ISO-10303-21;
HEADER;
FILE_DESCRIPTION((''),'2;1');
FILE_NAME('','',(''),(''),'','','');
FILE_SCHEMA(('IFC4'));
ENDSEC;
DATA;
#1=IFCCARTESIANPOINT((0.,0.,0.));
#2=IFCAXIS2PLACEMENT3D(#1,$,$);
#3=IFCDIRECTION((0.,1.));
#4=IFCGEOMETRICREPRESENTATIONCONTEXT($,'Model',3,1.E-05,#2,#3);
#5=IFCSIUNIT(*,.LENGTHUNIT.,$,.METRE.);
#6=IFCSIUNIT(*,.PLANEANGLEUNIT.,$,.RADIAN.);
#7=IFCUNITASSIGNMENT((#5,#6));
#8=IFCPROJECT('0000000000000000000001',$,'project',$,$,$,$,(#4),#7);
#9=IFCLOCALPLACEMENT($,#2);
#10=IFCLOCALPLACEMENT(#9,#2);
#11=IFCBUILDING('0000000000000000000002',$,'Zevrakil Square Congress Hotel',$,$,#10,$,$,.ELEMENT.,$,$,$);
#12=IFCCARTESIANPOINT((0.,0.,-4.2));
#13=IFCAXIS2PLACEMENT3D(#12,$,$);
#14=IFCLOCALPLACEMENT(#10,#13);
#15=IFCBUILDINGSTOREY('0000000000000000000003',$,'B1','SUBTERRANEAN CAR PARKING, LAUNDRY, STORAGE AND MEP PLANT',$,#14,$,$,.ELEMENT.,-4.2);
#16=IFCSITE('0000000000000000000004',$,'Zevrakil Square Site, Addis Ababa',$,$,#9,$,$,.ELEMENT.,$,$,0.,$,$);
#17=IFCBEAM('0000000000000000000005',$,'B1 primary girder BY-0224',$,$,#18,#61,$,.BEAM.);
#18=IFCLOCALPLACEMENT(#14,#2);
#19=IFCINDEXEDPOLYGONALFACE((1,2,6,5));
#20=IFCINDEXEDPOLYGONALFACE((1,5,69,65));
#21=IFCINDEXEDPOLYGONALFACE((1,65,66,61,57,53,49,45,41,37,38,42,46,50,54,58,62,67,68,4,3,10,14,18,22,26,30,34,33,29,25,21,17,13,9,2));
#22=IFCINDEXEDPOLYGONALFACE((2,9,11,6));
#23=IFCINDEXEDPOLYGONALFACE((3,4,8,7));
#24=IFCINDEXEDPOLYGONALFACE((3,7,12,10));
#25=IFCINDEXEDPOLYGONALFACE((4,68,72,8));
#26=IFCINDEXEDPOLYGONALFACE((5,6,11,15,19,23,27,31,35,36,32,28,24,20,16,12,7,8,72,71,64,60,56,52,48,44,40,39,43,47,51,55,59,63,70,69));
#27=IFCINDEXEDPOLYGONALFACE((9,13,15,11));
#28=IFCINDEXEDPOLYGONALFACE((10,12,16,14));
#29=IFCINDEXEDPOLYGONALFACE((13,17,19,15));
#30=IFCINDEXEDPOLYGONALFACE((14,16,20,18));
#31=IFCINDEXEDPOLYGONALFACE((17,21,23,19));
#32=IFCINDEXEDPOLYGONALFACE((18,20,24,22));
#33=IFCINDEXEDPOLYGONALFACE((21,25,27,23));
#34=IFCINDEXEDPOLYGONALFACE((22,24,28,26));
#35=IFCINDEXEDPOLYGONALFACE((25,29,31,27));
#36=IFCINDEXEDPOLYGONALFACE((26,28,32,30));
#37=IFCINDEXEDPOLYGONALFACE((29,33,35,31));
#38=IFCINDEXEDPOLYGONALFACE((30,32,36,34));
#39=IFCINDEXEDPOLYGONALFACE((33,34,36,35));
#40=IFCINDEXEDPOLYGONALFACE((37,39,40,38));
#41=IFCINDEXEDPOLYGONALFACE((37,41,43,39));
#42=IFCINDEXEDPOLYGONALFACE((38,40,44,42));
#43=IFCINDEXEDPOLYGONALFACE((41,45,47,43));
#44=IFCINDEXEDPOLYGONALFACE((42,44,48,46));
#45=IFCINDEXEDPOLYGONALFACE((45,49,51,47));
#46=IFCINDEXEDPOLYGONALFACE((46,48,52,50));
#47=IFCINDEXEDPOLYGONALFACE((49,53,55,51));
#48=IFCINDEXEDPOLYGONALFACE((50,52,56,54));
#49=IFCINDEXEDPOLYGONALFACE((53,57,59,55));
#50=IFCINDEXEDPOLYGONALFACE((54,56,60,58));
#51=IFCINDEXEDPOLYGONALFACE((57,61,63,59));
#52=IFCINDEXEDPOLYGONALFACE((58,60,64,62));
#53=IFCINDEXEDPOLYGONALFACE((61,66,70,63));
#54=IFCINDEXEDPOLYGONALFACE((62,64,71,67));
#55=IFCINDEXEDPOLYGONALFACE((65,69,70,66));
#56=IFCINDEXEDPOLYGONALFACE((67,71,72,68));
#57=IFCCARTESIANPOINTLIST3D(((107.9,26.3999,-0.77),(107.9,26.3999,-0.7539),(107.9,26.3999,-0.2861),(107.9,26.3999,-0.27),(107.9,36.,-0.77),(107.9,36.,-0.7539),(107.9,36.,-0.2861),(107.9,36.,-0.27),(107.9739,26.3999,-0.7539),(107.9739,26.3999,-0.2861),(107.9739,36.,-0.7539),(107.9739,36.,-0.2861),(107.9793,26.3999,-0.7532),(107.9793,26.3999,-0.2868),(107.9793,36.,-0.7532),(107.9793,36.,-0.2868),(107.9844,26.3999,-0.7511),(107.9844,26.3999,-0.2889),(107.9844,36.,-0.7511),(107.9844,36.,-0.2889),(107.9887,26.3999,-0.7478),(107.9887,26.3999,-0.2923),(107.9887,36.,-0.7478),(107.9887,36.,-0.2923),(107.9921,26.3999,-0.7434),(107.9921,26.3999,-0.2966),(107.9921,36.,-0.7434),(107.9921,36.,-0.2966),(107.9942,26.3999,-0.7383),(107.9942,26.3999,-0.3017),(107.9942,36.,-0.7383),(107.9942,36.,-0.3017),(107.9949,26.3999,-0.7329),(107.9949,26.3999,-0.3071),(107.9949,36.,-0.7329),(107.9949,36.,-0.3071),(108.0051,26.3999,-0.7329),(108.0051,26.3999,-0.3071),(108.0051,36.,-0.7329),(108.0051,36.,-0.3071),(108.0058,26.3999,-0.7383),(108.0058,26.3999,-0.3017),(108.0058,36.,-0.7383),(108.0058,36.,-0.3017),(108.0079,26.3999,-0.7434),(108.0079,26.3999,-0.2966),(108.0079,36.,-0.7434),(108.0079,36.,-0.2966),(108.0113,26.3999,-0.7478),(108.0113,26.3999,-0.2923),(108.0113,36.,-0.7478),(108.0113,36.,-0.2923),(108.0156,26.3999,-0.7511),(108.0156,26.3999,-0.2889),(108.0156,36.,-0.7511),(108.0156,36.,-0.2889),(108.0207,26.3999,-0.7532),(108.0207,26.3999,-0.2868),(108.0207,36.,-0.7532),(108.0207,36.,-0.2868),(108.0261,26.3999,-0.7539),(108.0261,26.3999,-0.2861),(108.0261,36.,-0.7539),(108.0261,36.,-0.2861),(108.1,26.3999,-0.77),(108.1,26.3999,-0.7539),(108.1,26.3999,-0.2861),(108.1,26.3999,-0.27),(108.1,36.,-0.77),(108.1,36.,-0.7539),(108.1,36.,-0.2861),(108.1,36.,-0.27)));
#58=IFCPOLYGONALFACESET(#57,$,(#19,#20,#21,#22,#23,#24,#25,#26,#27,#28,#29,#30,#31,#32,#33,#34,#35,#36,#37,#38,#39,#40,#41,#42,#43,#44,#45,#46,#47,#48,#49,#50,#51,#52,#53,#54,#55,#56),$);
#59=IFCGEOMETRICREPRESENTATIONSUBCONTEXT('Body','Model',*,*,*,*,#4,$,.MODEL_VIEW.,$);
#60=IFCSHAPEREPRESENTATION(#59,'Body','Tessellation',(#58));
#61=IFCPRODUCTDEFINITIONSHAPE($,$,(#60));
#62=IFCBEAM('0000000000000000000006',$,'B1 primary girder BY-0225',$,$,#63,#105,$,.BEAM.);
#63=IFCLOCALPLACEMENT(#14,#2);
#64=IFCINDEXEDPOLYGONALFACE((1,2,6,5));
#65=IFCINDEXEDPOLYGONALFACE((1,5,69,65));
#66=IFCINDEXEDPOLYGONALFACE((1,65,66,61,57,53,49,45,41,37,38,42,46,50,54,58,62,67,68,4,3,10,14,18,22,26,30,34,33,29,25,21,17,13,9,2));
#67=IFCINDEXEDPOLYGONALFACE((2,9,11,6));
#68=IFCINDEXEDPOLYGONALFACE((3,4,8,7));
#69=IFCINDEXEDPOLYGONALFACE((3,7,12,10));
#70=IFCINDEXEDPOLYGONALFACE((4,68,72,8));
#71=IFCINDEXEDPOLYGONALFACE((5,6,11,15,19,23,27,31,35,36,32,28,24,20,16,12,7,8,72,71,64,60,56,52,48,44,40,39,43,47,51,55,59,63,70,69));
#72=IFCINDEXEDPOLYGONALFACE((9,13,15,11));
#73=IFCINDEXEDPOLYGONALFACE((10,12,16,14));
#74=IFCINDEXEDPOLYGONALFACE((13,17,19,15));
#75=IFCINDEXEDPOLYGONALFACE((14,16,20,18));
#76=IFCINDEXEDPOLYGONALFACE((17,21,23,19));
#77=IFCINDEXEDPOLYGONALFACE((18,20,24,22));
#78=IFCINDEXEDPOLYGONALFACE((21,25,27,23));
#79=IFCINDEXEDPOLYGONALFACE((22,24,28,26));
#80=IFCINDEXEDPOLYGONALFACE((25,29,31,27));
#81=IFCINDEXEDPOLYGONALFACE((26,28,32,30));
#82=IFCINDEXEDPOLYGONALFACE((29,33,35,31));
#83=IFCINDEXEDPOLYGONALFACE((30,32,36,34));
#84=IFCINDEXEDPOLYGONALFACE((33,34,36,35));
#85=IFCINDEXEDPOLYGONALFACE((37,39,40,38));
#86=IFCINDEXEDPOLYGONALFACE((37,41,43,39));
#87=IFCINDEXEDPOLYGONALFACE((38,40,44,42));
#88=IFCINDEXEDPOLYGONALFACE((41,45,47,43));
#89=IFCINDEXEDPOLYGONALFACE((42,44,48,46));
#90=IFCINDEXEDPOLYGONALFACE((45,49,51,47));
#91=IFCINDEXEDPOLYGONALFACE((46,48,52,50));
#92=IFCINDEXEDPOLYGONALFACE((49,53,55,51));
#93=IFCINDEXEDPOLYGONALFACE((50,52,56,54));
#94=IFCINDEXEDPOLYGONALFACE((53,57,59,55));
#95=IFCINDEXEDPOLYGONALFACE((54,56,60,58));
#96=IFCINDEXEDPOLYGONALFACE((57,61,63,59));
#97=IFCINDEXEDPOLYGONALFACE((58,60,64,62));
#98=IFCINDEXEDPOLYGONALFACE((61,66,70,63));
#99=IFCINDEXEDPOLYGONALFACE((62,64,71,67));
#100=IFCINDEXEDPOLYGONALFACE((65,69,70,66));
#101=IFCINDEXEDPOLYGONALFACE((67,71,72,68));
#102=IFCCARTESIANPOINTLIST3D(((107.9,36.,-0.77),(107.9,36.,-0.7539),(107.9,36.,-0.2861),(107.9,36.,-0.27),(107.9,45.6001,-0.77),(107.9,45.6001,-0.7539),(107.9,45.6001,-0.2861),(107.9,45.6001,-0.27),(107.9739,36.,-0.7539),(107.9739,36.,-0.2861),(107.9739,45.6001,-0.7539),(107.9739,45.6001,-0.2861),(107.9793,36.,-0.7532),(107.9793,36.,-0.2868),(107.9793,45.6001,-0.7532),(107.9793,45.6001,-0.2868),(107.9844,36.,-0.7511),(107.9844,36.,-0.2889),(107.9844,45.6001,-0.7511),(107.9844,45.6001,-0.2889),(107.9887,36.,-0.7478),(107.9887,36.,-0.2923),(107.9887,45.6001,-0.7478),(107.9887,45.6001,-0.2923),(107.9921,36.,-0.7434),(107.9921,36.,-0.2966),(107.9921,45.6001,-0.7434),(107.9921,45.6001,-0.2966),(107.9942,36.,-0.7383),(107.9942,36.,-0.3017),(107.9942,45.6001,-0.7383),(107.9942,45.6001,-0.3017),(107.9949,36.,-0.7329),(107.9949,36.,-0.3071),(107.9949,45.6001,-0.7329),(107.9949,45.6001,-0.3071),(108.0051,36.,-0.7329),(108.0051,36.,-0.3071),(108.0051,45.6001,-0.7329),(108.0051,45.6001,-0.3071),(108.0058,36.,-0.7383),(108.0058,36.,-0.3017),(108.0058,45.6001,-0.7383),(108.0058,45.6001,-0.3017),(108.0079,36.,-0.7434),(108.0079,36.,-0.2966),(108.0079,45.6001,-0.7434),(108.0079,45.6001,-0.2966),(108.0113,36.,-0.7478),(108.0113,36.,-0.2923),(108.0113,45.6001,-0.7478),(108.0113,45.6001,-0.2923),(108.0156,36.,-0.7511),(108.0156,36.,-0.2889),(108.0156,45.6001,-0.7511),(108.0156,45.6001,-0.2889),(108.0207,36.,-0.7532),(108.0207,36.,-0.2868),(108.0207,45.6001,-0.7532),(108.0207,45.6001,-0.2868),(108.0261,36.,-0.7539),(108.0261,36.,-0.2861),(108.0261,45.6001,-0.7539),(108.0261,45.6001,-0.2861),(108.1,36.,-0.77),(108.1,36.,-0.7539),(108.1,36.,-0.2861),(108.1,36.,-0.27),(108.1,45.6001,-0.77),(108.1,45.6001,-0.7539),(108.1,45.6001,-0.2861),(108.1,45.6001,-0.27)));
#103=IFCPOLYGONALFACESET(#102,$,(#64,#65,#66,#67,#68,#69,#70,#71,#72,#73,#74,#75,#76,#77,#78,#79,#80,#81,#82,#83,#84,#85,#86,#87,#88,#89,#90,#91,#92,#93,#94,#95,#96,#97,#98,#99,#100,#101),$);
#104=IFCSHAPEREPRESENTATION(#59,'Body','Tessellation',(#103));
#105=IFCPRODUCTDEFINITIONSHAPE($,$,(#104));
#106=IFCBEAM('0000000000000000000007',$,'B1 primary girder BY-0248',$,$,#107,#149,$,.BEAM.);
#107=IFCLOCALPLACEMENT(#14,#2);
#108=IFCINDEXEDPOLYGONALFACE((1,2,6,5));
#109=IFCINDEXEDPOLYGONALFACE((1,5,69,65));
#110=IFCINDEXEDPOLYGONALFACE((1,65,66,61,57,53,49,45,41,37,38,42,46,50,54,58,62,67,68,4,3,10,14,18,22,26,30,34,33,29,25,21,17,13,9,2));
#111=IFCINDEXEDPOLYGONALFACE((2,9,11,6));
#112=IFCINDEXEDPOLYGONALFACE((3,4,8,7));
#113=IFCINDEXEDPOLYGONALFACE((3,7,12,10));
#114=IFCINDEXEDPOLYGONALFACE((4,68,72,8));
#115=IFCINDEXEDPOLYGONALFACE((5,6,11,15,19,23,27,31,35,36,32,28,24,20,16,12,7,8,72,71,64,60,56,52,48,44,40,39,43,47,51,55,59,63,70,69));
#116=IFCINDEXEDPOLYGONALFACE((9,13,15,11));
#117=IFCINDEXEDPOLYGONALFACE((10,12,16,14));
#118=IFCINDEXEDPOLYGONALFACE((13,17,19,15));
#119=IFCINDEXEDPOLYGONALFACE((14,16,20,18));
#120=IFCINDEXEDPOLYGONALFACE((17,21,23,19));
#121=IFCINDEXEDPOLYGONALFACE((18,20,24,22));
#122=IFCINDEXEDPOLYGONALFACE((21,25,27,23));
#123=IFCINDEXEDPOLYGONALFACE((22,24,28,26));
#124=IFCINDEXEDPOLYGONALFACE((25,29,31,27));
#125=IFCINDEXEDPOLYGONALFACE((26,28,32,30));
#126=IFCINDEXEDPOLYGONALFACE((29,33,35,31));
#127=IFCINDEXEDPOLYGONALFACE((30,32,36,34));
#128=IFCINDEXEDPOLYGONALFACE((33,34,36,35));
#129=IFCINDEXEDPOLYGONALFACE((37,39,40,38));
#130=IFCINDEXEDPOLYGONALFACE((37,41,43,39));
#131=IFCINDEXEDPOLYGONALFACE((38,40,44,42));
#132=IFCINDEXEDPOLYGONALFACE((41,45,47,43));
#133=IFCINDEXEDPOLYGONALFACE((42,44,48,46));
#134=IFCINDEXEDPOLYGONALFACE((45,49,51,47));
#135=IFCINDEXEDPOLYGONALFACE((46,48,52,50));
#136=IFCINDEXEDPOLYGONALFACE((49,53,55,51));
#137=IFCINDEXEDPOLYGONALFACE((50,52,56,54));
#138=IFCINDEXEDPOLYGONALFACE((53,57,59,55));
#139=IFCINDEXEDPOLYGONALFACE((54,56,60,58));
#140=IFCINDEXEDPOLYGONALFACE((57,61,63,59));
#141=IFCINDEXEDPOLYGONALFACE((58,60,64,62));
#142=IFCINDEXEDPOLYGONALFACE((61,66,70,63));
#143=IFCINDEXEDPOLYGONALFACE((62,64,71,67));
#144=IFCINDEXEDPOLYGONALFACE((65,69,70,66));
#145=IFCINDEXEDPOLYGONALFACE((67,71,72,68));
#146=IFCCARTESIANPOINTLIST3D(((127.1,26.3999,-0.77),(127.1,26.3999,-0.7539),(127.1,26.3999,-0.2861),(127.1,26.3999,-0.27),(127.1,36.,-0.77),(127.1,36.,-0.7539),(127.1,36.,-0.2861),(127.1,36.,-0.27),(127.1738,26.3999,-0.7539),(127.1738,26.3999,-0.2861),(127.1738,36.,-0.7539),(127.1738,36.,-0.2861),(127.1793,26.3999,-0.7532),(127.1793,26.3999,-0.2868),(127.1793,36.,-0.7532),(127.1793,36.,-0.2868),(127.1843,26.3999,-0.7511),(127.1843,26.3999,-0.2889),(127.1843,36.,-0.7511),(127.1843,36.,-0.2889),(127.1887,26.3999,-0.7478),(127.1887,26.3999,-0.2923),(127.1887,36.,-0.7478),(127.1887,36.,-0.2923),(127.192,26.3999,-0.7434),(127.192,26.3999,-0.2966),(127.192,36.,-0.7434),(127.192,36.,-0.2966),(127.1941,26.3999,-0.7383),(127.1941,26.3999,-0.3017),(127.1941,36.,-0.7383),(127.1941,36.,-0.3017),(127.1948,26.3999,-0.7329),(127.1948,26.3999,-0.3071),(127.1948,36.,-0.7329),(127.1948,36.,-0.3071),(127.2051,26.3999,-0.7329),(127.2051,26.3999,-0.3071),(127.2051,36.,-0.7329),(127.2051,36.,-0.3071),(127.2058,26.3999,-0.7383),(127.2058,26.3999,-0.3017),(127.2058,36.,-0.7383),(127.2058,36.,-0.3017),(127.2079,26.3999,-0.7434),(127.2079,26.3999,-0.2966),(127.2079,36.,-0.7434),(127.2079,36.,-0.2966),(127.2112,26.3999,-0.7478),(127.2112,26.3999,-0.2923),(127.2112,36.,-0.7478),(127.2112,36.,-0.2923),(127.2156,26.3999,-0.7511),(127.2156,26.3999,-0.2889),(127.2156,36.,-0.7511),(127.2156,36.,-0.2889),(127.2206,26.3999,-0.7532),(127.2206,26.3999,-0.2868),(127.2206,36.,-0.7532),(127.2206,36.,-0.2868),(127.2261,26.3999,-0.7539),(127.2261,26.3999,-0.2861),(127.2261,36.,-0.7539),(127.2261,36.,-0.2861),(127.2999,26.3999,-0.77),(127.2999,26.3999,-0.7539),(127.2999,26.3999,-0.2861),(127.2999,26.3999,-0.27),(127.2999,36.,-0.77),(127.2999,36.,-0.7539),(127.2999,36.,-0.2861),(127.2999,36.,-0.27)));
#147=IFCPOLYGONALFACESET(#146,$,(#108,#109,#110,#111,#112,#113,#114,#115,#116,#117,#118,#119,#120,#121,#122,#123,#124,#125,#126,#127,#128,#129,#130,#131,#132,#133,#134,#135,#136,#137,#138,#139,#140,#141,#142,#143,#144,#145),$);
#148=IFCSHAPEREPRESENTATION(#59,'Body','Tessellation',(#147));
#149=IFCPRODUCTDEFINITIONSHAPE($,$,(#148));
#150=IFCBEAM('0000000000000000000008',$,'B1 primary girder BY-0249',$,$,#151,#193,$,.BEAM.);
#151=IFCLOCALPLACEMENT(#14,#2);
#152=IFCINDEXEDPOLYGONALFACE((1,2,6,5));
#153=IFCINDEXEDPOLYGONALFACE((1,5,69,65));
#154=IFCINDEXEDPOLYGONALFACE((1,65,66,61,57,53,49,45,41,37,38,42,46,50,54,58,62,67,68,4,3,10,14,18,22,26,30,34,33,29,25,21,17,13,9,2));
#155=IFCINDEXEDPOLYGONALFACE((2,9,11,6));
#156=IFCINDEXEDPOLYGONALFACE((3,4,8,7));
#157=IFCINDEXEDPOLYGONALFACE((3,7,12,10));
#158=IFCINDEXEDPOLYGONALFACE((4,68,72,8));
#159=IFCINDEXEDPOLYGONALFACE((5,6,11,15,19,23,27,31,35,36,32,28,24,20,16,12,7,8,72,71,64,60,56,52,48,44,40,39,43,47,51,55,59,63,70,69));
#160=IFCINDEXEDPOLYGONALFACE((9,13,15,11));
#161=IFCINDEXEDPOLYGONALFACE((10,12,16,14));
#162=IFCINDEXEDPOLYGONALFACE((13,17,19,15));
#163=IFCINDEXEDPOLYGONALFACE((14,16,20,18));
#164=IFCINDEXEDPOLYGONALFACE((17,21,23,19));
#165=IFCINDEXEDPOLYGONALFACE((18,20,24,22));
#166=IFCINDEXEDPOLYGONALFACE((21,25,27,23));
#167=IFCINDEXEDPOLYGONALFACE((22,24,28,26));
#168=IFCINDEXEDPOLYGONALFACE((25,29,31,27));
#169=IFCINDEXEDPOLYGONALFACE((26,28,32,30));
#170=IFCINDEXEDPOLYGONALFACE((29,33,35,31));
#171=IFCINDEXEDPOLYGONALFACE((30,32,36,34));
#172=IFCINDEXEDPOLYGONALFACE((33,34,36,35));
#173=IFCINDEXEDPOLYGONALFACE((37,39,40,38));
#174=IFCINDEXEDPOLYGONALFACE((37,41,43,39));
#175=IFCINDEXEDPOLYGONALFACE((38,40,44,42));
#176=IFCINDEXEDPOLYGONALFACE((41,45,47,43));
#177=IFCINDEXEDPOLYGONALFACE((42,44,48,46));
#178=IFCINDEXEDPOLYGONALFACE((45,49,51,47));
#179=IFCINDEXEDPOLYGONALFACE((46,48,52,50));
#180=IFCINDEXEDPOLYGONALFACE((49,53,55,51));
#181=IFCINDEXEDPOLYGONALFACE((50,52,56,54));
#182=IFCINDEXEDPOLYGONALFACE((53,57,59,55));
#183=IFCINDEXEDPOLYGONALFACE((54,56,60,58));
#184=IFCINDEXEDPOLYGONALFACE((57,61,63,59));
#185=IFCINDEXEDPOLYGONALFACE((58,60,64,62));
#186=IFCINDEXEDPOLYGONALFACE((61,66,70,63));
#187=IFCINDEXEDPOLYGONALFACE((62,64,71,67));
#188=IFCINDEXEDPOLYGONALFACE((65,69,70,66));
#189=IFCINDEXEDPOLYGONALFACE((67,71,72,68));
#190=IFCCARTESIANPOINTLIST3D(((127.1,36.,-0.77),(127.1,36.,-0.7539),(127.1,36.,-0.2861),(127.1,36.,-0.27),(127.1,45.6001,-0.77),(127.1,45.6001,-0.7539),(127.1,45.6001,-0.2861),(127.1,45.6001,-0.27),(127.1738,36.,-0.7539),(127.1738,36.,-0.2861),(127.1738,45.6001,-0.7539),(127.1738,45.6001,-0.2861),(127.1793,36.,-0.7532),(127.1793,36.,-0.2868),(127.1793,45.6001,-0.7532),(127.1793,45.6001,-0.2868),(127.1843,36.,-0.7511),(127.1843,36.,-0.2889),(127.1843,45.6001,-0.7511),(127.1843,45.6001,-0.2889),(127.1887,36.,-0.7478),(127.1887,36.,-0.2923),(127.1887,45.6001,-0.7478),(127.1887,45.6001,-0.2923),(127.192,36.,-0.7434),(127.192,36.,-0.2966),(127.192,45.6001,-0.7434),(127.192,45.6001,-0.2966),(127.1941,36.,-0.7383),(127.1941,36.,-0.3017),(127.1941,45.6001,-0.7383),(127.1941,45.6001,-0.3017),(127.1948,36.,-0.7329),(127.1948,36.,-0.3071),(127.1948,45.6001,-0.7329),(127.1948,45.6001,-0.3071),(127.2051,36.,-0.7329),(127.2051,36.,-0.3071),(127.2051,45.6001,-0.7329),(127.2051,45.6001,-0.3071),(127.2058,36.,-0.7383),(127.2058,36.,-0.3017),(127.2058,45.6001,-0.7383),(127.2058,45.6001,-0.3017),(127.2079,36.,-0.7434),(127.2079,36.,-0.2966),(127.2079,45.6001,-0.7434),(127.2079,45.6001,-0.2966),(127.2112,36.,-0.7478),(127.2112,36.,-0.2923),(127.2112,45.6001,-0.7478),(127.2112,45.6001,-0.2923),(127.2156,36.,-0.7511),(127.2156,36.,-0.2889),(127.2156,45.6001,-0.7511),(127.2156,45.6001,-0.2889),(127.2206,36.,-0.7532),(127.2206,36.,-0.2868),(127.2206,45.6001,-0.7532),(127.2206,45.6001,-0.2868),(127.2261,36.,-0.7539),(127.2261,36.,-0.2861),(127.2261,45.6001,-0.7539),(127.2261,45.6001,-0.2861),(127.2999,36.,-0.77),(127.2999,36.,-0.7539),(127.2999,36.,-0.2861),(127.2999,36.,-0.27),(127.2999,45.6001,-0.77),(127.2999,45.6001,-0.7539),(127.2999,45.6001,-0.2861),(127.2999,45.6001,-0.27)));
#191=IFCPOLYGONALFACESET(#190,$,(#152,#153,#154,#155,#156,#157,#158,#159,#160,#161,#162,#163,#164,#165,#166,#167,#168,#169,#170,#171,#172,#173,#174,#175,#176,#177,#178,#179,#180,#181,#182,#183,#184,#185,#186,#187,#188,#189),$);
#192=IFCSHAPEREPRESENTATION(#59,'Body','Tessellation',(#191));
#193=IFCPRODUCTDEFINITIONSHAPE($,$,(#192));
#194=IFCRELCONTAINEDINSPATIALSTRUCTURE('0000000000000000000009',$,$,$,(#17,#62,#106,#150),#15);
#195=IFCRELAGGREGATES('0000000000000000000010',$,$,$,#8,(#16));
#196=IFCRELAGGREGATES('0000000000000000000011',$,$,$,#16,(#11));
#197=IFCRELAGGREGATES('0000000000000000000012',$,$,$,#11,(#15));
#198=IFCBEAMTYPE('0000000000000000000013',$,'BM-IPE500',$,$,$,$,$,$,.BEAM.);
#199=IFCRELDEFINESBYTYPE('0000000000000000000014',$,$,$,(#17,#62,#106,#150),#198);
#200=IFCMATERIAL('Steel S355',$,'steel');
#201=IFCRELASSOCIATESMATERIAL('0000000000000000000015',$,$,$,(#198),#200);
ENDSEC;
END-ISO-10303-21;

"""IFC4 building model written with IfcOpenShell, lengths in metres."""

from ifc_helpers import new_model, si_unit, direction, frame, origin, origin_2d, place, context, subcontext, project, spatial, i_section, extrude, material, material_profile, profile_set, type_object, element, save


model = new_model("IFC4")

# Units and contexts
model_context = context("Model", 3, precision=1e-05, world=origin(), true_north=direction((0.0, 1.0)))
body_context = subcontext(model_context, "Body", "Model", "MODEL_VIEW")
ifc_project = project(units=[si_unit("LENGTHUNIT", "METRE"), si_unit("PLANEANGLEUNIT", "RADIAN")], contexts=[model_context])

# Site, building, storey
site_placement = place(None, origin())
site = spatial("IfcSite", under=ifc_project, at=site_placement, Name="Zevrakil Square Site, Addis Ababa", CompositionType="ELEMENT", RefElevation=0.0)
building_placement = place(site_placement, origin())
building = spatial("IfcBuilding", under=site, at=building_placement, Name="Zevrakil Square Congress Hotel", CompositionType="ELEMENT")
storey_placement = place(building_placement, frame((0.0, 0.0, -4.2)))
storey = spatial("IfcBuildingStorey", under=building, at=storey_placement, Name="B1", Description="SUBTERRANEAN CAR PARKING, LAUNDRY, STORAGE AND MEP PLANT", CompositionType="ELEMENT", Elevation=-4.2)

# Beams
ifc_material_1 = material(Name="Steel S355", Category="steel")
ifc_material_profile_1 = material_profile(ifc_material_1, i_section(OverallWidth=0.2, OverallDepth=0.5, WebThickness=0.0103, FlangeThickness=0.0161, FilletRadius=0.021, at=origin_2d()), Name="IPE 500")
ifc_profile_set_1 = profile_set([ifc_material_profile_1], Name="Steel S355")
beam_type_1 = type_object("IfcBeamType", Name="BM-IPE500", PredefinedType="BEAM", material=ifc_profile_set_1)
for number, where, z_axis, x_axis, name in (
    (1, (108.0, 26.3999, -0.52), (0.0, 1.0, 0.0), (-1.0, 0.0, 0.0), "B1 primary girder BY-0224"),
    (2, (108.0, 36.0, -0.52), (0.0, 1.0, 0.0), (-1.0, 0.0, 0.0), "B1 primary girder BY-0225"),
    (3, (127.2, 26.3999, -0.52), (0.0, 1.0, 0.0), (-1.0, 0.0, 0.0), "B1 primary girder BY-0248"),
    (4, (127.2, 36.0, -0.52), (0.0, 1.0, 0.0), (-1.0, 0.0, 0.0), "B1 primary girder BY-0249"),
):
    element("IfcBeam", number, at=place(storey_placement, frame(where, z_axis=z_axis, x_axis=x_axis)), inside=storey, type_object=beam_type_1, Name=name, PredefinedType="BEAM", context=body_context, shape_type="SweptSolid", body=[
        extrude(i_section(OverallWidth=0.2, OverallDepth=0.5, WebThickness=0.0103, FlangeThickness=0.0161, FilletRadius=0.021, at=origin_2d()), origin(), (0.0, 0.0, 1.0), 9.6001),
    ])

save(model, "model.ifc")
